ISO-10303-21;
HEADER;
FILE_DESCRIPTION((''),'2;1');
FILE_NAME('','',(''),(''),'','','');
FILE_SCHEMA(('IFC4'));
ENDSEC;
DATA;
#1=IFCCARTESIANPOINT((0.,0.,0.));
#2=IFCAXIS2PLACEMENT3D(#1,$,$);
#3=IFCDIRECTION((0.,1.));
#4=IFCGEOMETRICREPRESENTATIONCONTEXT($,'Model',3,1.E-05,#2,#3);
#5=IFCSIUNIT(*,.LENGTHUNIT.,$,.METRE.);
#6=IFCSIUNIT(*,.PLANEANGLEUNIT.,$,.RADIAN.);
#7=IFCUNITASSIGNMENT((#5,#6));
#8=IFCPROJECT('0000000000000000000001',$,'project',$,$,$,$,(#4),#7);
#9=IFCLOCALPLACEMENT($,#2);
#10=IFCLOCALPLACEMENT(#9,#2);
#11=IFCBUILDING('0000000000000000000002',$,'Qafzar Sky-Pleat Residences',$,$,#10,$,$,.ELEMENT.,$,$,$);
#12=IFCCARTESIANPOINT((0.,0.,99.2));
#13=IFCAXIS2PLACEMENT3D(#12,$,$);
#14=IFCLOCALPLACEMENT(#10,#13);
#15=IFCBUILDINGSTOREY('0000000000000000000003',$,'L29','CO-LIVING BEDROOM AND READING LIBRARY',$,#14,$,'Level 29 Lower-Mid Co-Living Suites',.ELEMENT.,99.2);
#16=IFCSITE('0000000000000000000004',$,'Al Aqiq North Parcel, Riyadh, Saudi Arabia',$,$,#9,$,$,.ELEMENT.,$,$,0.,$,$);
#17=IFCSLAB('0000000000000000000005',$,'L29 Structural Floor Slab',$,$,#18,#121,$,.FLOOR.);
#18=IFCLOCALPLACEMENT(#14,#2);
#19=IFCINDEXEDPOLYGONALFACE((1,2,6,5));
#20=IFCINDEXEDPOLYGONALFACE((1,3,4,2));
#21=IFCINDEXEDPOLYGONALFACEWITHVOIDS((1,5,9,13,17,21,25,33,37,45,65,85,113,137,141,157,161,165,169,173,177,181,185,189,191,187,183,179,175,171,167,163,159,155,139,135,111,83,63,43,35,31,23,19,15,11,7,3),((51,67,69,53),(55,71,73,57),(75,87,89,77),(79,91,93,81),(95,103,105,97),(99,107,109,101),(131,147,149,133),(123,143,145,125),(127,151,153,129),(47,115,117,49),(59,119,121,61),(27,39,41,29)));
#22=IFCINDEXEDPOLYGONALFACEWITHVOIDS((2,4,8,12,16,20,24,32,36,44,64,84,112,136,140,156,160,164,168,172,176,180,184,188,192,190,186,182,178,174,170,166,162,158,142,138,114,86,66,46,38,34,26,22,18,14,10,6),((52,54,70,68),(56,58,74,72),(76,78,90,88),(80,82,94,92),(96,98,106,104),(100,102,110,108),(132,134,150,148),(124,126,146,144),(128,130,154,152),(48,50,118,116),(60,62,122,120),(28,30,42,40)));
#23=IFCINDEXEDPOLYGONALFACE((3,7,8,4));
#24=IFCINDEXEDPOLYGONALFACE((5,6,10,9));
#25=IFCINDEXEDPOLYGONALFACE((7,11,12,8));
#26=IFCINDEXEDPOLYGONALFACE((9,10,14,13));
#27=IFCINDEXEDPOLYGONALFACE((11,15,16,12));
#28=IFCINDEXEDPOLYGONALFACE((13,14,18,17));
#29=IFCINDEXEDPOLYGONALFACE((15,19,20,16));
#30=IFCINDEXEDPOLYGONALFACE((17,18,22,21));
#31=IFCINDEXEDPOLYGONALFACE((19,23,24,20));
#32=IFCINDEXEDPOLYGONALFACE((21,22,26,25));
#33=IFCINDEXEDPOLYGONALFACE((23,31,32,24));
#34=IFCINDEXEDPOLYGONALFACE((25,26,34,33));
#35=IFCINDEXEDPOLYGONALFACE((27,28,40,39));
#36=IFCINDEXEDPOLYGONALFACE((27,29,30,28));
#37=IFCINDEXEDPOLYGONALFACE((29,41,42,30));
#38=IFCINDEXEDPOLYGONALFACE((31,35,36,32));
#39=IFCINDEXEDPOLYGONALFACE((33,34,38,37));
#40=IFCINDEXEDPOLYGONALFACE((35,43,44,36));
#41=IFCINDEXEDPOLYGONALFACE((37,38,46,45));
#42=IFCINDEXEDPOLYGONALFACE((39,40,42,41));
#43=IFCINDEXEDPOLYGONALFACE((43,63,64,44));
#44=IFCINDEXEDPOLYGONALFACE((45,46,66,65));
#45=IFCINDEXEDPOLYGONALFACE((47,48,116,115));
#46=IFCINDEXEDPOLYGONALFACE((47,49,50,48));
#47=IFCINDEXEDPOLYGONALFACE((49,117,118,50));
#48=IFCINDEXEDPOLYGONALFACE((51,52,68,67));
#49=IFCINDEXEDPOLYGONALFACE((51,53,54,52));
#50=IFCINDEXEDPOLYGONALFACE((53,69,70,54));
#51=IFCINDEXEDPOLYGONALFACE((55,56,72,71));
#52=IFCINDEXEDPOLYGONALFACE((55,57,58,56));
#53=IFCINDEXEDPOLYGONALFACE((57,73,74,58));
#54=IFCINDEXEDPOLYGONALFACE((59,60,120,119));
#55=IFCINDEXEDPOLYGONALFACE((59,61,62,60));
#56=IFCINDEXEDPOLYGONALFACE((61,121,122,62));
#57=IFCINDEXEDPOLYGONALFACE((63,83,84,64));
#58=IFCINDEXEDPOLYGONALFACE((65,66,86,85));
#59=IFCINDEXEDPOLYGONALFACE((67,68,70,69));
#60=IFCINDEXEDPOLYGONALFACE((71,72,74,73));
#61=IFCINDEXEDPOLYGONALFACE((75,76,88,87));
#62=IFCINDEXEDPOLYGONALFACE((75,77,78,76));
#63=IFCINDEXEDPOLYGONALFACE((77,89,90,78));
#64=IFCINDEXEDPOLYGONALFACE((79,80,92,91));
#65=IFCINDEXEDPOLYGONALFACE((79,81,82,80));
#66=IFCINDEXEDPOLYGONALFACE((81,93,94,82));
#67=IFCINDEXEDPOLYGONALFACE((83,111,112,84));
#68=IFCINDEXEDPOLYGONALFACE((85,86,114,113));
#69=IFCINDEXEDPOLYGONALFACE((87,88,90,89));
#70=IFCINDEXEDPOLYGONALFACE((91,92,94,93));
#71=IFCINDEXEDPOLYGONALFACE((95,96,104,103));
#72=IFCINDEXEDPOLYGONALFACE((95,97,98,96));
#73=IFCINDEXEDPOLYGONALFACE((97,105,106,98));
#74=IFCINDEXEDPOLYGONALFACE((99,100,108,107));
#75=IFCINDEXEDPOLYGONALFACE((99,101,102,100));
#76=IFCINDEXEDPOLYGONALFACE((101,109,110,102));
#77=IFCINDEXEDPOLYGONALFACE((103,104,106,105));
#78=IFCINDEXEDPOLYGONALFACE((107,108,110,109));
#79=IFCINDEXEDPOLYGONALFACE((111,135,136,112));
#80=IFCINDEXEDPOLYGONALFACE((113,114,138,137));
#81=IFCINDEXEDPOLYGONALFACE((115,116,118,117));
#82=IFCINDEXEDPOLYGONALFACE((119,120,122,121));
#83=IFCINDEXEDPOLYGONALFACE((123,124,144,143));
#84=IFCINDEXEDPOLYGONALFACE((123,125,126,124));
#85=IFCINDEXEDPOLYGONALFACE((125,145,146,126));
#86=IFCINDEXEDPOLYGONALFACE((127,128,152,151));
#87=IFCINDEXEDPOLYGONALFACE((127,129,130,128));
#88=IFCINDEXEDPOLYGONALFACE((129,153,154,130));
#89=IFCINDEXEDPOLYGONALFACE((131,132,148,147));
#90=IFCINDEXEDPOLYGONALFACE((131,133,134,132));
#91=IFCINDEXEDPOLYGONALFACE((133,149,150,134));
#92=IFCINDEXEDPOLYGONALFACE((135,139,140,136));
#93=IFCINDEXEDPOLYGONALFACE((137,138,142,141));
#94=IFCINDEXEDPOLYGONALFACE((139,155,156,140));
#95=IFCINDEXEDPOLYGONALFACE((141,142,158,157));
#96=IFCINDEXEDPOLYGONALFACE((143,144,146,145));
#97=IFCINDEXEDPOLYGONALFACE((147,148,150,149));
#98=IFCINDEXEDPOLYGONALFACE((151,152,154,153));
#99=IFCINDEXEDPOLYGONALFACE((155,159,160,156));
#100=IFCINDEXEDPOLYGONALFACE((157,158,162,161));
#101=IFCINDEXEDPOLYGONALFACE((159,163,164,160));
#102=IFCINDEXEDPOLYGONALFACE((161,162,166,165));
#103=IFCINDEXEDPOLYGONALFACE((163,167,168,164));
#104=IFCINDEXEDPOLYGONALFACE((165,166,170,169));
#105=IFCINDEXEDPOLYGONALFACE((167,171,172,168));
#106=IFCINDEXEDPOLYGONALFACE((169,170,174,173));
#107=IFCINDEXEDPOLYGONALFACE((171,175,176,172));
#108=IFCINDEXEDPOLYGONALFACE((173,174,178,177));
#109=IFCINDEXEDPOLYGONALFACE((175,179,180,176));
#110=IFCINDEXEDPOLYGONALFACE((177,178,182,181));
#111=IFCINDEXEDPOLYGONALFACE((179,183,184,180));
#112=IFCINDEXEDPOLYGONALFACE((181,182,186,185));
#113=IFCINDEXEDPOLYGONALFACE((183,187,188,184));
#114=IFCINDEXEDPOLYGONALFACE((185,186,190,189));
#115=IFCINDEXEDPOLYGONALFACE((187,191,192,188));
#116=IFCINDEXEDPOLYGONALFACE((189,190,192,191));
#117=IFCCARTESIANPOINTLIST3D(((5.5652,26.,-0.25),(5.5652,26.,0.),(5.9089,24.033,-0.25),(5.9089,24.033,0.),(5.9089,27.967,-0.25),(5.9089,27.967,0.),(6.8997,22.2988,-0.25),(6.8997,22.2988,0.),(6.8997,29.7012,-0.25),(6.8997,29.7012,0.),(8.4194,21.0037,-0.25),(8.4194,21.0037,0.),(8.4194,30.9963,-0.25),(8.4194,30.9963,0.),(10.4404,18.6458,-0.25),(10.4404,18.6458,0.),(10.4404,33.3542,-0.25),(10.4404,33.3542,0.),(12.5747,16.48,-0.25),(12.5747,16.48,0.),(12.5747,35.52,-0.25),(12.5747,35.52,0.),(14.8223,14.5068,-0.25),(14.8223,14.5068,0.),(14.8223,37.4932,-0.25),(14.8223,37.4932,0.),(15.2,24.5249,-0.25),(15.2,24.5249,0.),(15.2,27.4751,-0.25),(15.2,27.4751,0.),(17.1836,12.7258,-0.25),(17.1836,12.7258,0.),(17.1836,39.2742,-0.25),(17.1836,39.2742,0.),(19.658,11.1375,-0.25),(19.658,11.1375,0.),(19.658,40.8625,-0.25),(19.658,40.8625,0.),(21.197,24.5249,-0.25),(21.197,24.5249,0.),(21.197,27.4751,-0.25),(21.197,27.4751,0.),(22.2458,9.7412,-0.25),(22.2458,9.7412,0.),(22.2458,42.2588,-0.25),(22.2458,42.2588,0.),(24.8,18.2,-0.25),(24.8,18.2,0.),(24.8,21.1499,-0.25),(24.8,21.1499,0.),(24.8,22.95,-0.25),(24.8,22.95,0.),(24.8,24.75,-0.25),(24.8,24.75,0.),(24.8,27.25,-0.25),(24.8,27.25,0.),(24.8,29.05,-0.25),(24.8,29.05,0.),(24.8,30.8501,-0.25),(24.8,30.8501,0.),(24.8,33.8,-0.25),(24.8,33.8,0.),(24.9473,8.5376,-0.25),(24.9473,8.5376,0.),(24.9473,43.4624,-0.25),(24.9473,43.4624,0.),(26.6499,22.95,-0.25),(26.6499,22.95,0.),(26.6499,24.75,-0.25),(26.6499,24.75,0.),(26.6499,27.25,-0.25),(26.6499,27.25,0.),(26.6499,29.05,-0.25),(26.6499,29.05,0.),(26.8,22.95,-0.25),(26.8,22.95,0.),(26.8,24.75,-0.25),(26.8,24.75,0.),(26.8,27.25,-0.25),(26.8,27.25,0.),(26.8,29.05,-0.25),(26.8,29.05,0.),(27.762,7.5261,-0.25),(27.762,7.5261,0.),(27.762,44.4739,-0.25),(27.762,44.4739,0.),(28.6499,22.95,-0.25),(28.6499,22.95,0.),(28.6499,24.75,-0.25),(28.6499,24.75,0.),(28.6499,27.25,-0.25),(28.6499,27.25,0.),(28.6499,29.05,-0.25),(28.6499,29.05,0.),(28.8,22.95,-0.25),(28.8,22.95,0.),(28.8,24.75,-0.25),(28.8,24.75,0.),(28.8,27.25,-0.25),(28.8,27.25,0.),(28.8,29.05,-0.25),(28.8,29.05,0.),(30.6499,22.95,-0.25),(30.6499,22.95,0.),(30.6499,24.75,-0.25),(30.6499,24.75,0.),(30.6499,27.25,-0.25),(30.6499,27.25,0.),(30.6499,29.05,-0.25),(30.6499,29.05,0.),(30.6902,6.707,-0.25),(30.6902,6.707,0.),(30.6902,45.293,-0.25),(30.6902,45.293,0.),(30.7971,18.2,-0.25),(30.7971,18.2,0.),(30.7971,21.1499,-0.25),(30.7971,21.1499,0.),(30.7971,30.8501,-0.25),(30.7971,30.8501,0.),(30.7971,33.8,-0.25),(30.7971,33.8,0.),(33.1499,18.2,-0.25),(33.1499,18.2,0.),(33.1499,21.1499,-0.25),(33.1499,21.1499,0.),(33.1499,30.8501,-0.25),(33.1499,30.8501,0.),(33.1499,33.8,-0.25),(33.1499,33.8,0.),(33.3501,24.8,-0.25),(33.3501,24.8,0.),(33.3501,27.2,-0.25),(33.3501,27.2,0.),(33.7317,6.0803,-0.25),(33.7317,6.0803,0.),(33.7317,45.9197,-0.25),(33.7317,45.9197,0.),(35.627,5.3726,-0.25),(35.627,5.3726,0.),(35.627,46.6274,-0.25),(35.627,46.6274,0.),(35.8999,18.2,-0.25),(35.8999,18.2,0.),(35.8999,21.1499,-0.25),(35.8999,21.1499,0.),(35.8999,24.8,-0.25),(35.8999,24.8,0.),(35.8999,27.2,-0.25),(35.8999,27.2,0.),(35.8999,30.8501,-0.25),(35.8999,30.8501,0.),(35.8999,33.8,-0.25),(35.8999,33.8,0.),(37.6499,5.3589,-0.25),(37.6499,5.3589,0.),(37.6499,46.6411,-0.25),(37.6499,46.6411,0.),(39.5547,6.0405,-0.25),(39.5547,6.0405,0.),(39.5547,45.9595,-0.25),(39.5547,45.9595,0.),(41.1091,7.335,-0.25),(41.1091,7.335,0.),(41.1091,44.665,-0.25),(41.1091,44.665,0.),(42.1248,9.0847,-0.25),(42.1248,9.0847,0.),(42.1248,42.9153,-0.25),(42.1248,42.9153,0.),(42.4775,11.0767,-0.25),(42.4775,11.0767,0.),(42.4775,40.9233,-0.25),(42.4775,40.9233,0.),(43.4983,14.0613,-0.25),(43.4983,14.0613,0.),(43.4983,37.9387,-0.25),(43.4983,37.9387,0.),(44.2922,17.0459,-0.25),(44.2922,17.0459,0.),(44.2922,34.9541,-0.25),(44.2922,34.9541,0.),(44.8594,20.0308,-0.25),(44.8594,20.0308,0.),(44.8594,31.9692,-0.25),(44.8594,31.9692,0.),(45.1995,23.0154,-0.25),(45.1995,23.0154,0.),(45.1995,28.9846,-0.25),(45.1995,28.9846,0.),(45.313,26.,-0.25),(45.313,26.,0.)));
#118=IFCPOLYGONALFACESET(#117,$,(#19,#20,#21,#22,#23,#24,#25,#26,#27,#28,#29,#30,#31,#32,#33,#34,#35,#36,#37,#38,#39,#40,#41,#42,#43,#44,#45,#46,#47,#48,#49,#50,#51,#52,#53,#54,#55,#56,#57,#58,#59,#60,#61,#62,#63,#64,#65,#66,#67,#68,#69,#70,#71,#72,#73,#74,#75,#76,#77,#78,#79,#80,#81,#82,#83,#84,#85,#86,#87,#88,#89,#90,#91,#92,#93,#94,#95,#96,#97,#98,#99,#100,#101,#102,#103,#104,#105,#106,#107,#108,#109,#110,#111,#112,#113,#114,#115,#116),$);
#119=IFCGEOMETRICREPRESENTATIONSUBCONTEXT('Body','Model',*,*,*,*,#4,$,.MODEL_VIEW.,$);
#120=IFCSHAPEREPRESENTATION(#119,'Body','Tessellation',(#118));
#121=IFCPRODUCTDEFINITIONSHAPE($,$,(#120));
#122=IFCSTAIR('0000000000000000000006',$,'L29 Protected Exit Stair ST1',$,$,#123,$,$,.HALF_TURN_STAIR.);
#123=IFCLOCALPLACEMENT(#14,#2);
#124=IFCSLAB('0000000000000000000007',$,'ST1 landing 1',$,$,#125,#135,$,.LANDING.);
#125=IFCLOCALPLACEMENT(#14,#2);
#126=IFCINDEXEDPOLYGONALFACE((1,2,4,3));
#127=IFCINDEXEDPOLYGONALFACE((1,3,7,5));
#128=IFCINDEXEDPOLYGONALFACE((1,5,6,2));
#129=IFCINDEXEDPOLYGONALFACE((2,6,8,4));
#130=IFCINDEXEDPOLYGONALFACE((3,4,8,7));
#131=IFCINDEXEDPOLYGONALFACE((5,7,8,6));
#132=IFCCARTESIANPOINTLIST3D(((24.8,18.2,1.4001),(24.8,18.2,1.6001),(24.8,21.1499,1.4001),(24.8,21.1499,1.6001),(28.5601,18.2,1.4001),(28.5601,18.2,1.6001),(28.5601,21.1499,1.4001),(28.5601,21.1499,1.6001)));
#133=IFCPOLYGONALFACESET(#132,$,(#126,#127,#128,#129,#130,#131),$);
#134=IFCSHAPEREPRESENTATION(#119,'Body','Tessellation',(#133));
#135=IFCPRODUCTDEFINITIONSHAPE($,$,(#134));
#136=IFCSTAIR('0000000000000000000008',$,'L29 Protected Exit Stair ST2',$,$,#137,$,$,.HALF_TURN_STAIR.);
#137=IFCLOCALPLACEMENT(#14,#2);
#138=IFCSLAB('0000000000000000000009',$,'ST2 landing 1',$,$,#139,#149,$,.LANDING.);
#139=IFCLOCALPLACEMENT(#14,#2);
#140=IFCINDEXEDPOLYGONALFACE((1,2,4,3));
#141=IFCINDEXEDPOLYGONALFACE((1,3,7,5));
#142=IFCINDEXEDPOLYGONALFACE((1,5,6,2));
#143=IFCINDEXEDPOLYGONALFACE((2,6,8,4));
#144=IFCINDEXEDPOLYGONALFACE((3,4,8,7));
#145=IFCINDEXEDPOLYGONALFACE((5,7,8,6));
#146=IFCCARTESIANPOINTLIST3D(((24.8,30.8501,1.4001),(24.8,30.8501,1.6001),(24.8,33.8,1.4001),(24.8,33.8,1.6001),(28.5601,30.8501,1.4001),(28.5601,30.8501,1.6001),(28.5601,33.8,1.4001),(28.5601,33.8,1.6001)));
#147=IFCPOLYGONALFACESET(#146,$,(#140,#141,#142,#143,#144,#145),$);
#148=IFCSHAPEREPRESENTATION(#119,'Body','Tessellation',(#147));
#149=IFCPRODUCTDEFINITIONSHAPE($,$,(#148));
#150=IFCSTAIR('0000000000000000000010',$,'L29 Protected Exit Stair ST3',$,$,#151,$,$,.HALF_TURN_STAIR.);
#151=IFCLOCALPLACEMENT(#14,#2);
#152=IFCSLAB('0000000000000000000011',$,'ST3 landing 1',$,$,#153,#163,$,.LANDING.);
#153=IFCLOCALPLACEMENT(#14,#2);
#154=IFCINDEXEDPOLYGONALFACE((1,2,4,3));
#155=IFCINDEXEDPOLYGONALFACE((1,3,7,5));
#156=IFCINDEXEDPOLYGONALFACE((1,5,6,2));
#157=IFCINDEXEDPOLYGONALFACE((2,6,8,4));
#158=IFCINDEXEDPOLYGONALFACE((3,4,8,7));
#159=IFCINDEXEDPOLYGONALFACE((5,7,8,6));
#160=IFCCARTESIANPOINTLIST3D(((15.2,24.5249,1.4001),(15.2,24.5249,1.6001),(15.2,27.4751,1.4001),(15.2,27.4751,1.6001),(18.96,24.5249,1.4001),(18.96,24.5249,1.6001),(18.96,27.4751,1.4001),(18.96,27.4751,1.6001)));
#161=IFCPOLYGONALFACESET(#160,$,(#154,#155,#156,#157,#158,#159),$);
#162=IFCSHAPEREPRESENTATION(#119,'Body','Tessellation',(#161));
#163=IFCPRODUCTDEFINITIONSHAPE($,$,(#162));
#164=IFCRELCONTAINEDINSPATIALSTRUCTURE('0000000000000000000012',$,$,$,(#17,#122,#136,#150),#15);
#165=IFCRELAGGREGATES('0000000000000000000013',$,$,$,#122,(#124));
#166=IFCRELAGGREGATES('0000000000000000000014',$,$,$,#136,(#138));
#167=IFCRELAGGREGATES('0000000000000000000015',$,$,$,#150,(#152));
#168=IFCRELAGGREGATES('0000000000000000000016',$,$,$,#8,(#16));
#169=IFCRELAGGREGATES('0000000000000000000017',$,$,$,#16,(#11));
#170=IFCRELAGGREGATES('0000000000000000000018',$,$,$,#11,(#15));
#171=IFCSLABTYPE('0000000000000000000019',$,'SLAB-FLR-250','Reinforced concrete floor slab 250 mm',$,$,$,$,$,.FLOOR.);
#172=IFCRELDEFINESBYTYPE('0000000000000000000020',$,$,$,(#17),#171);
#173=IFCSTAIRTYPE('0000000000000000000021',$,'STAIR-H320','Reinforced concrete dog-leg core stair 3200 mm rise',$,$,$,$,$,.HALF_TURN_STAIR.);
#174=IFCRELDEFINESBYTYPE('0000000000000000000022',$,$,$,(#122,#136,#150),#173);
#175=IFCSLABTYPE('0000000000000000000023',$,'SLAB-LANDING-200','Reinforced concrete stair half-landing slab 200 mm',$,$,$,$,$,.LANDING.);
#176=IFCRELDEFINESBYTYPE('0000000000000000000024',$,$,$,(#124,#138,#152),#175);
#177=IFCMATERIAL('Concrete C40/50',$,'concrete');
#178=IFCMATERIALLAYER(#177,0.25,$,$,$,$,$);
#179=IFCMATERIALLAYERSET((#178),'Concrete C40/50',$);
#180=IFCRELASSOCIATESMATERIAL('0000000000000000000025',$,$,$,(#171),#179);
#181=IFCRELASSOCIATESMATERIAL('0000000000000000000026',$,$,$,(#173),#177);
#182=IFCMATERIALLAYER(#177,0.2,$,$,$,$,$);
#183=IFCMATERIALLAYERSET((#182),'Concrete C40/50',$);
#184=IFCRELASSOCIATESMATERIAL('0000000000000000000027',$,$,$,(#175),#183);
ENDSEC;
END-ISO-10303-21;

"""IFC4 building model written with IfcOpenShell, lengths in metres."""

from ifc_helpers import new_model, si_unit, direction, frame, origin, place, context, subcontext, project, spatial, polyline, outline, extrude, material, layer, layer_set, type_object, element, aggregate, save


model = new_model("IFC4")

# Units and contexts
model_context = context("Model", 3, precision=1e-05, world=origin(), true_north=direction((0.0, 1.0)))
body_context = subcontext(model_context, "Body", "Model", "MODEL_VIEW")
ifc_project = project(units=[si_unit("LENGTHUNIT", "METRE"), si_unit("PLANEANGLEUNIT", "RADIAN")], contexts=[model_context])

# Site, building, storey
site_placement = place(None, origin())
site = spatial("IfcSite", under=ifc_project, at=site_placement, Name="Al Aqiq North Parcel, Riyadh, Saudi Arabia", CompositionType="ELEMENT", RefElevation=0.0)
building_placement = place(site_placement, origin())
building = spatial("IfcBuilding", under=site, at=building_placement, Name="Qafzar Sky-Pleat Residences", CompositionType="ELEMENT")
storey_placement = place(building_placement, frame((0.0, 0.0, 99.2)))
storey = spatial("IfcBuildingStorey", under=building, at=storey_placement, Name="L29", Description="CO-LIVING BEDROOM AND READING LIBRARY", LongName="Level 29 Lower-Mid Co-Living Suites", CompositionType="ELEMENT", Elevation=99.2)

# Slab
ifc_material_1 = material(Name="Concrete C40/50", Category="concrete")
ifc_layer_1 = layer(ifc_material_1, 0.25)
ifc_layer_set_1 = layer_set([ifc_layer_1], Name="Concrete C40/50")
slab_type_1 = type_object("IfcSlabType", Name="SLAB-FLR-250", Description="Reinforced concrete floor slab 250 mm", PredefinedType="FLOOR", material=ifc_layer_set_1)
slab_1_placement = place(storey_placement, frame((0.0, 0.0, -0.25)))
element("IfcSlab", 1, at=slab_1_placement, inside=storey, type_object=slab_type_1, Name="L29 Structural Floor Slab", PredefinedType="FLOOR", context=body_context, shape_type="SweptSolid", body=[
    extrude(outline(polyline([(8.4194, 30.9963), (6.8997, 29.7012), (5.9089, 27.967), (5.5652, 26.0), (5.9089, 24.033), (6.8997, 22.2988), (8.4194, 21.0037), (10.4404, 18.6458), (12.5747, 16.48), (14.8223, 14.5068), (17.1836, 12.7258), (19.658, 11.1375), (22.2458, 9.7412), (24.9473, 8.5376), (27.762, 7.5261), (30.6902, 6.707), (33.7317, 6.0803), (35.627, 5.3726), (37.6499, 5.3589), (39.5547, 6.0405), (41.1091, 7.335), (42.1248, 9.0847), (42.4775, 11.0767), (43.4983, 14.0613), (44.2922, 17.0459), (44.8594, 20.0308), (45.1995, 23.0154), (45.313, 26.0), (45.1995, 28.9846), (44.8594, 31.9692), (44.2922, 34.9541), (43.4983, 37.9387), (42.4775, 40.9233), (42.1248, 42.9153), (41.1091, 44.665), (39.5547, 45.9595), (37.6499, 46.6411), (35.627, 46.6274), (33.7317, 45.9197), (30.6902, 45.293), (27.762, 44.4739), (24.9473, 43.4624), (22.2458, 42.2588), (19.658, 40.8625), (17.1836, 39.2742), (14.8223, 37.4932), (12.5747, 35.52), (10.4404, 33.3542), (8.4194, 30.9963)]), holes=[polyline([(30.7971, 21.1499), (24.8, 21.1499), (24.8, 18.2), (30.7971, 18.2), (30.7971, 21.1499)]), polyline([(30.7971, 33.8), (24.8, 33.8), (24.8, 30.8501), (30.7971, 30.8501), (30.7971, 33.8)]), polyline([(21.197, 27.4751), (15.2, 27.4751), (15.2, 24.5249), (21.197, 24.5249), (21.197, 27.4751)]), polyline([(24.8, 22.95), (26.6499, 22.95), (26.6499, 24.75), (24.8, 24.75), (24.8, 22.95)]), polyline([(26.8, 22.95), (28.6499, 22.95), (28.6499, 24.75), (26.8, 24.75), (26.8, 22.95)]), polyline([(28.8, 22.95), (30.6499, 22.95), (30.6499, 24.75), (28.8, 24.75), (28.8, 22.95)]), polyline([(24.8, 27.25), (26.6499, 27.25), (26.6499, 29.05), (24.8, 29.05), (24.8, 27.25)]), polyline([(26.8, 27.25), (28.6499, 27.25), (28.6499, 29.05), (26.8, 29.05), (26.8, 27.25)]), polyline([(28.8, 27.25), (30.6499, 27.25), (30.6499, 29.05), (28.8, 29.05), (28.8, 27.25)]), polyline([(33.1499, 18.2), (35.8999, 18.2), (35.8999, 21.1499), (33.1499, 21.1499), (33.1499, 18.2)]), polyline([(33.1499, 30.8501), (35.8999, 30.8501), (35.8999, 33.8), (33.1499, 33.8), (33.1499, 30.8501)]), polyline([(33.3501, 24.8), (35.8999, 24.8), (35.8999, 27.2), (33.3501, 27.2), (33.3501, 24.8)])]), origin(), (0.0, 0.0, 1.0), 0.25),
])

# Stairs, slabs
stair_type = type_object("IfcStairType", Name="STAIR-H320", Description="Reinforced concrete dog-leg core stair 3200 mm rise", PredefinedType="HALF_TURN_STAIR", material=ifc_material_1)
stair_1_placement = place(storey_placement, origin())
stair_1 = element("IfcStair", 2, at=stair_1_placement, inside=storey, type_object=stair_type, Name="L29 Protected Exit Stair ST1", PredefinedType="HALF_TURN_STAIR")
ifc_layer_2 = layer(ifc_material_1, 0.2)
ifc_layer_set_2 = layer_set([ifc_layer_2], Name="Concrete C40/50")
slab_type_2 = type_object("IfcSlabType", Name="SLAB-LANDING-200", Description="Reinforced concrete stair half-landing slab 200 mm", PredefinedType="LANDING", material=ifc_layer_set_2)
slab_2_placement = place(storey_placement, frame((0.0, 0.0, 1.4001)))
slab_2 = element("IfcSlab", 3, at=slab_2_placement, type_object=slab_type_2, Name="ST1 landing 1", PredefinedType="LANDING", context=body_context, shape_type="SweptSolid", body=[
    extrude(outline(polyline([(28.5601, 21.1499), (24.8, 21.1499), (24.8, 18.2), (28.5601, 18.2), (28.5601, 21.1499)])), origin(), (0.0, 0.0, 1.0), 0.2),
])
aggregate(stair_1, [slab_2])
stair_2_placement = place(storey_placement, origin())
stair_2 = element("IfcStair", 4, at=stair_2_placement, inside=storey, type_object=stair_type, Name="L29 Protected Exit Stair ST2", PredefinedType="HALF_TURN_STAIR")
slab_3_placement = place(storey_placement, frame((0.0, 0.0, 1.4001)))
slab_3 = element("IfcSlab", 5, at=slab_3_placement, type_object=slab_type_2, Name="ST2 landing 1", PredefinedType="LANDING", context=body_context, shape_type="SweptSolid", body=[
    extrude(outline(polyline([(28.5601, 33.8), (24.8, 33.8), (24.8, 30.8501), (28.5601, 30.8501), (28.5601, 33.8)])), origin(), (0.0, 0.0, 1.0), 0.2),
])
aggregate(stair_2, [slab_3])
stair_3_placement = place(storey_placement, origin())
stair_3 = element("IfcStair", 6, at=stair_3_placement, inside=storey, type_object=stair_type, Name="L29 Protected Exit Stair ST3", PredefinedType="HALF_TURN_STAIR")
slab_4_placement = place(storey_placement, frame((0.0, 0.0, 1.4001)))
slab_4 = element("IfcSlab", 7, at=slab_4_placement, type_object=slab_type_2, Name="ST3 landing 1", PredefinedType="LANDING", context=body_context, shape_type="SweptSolid", body=[
    extrude(outline(polyline([(18.96, 27.4751), (15.2, 27.4751), (15.2, 24.5249), (18.96, 24.5249), (18.96, 27.4751)])), origin(), (0.0, 0.0, 1.0), 0.2),
])
aggregate(stair_3, [slab_4])

save(model, "model.ifc")
